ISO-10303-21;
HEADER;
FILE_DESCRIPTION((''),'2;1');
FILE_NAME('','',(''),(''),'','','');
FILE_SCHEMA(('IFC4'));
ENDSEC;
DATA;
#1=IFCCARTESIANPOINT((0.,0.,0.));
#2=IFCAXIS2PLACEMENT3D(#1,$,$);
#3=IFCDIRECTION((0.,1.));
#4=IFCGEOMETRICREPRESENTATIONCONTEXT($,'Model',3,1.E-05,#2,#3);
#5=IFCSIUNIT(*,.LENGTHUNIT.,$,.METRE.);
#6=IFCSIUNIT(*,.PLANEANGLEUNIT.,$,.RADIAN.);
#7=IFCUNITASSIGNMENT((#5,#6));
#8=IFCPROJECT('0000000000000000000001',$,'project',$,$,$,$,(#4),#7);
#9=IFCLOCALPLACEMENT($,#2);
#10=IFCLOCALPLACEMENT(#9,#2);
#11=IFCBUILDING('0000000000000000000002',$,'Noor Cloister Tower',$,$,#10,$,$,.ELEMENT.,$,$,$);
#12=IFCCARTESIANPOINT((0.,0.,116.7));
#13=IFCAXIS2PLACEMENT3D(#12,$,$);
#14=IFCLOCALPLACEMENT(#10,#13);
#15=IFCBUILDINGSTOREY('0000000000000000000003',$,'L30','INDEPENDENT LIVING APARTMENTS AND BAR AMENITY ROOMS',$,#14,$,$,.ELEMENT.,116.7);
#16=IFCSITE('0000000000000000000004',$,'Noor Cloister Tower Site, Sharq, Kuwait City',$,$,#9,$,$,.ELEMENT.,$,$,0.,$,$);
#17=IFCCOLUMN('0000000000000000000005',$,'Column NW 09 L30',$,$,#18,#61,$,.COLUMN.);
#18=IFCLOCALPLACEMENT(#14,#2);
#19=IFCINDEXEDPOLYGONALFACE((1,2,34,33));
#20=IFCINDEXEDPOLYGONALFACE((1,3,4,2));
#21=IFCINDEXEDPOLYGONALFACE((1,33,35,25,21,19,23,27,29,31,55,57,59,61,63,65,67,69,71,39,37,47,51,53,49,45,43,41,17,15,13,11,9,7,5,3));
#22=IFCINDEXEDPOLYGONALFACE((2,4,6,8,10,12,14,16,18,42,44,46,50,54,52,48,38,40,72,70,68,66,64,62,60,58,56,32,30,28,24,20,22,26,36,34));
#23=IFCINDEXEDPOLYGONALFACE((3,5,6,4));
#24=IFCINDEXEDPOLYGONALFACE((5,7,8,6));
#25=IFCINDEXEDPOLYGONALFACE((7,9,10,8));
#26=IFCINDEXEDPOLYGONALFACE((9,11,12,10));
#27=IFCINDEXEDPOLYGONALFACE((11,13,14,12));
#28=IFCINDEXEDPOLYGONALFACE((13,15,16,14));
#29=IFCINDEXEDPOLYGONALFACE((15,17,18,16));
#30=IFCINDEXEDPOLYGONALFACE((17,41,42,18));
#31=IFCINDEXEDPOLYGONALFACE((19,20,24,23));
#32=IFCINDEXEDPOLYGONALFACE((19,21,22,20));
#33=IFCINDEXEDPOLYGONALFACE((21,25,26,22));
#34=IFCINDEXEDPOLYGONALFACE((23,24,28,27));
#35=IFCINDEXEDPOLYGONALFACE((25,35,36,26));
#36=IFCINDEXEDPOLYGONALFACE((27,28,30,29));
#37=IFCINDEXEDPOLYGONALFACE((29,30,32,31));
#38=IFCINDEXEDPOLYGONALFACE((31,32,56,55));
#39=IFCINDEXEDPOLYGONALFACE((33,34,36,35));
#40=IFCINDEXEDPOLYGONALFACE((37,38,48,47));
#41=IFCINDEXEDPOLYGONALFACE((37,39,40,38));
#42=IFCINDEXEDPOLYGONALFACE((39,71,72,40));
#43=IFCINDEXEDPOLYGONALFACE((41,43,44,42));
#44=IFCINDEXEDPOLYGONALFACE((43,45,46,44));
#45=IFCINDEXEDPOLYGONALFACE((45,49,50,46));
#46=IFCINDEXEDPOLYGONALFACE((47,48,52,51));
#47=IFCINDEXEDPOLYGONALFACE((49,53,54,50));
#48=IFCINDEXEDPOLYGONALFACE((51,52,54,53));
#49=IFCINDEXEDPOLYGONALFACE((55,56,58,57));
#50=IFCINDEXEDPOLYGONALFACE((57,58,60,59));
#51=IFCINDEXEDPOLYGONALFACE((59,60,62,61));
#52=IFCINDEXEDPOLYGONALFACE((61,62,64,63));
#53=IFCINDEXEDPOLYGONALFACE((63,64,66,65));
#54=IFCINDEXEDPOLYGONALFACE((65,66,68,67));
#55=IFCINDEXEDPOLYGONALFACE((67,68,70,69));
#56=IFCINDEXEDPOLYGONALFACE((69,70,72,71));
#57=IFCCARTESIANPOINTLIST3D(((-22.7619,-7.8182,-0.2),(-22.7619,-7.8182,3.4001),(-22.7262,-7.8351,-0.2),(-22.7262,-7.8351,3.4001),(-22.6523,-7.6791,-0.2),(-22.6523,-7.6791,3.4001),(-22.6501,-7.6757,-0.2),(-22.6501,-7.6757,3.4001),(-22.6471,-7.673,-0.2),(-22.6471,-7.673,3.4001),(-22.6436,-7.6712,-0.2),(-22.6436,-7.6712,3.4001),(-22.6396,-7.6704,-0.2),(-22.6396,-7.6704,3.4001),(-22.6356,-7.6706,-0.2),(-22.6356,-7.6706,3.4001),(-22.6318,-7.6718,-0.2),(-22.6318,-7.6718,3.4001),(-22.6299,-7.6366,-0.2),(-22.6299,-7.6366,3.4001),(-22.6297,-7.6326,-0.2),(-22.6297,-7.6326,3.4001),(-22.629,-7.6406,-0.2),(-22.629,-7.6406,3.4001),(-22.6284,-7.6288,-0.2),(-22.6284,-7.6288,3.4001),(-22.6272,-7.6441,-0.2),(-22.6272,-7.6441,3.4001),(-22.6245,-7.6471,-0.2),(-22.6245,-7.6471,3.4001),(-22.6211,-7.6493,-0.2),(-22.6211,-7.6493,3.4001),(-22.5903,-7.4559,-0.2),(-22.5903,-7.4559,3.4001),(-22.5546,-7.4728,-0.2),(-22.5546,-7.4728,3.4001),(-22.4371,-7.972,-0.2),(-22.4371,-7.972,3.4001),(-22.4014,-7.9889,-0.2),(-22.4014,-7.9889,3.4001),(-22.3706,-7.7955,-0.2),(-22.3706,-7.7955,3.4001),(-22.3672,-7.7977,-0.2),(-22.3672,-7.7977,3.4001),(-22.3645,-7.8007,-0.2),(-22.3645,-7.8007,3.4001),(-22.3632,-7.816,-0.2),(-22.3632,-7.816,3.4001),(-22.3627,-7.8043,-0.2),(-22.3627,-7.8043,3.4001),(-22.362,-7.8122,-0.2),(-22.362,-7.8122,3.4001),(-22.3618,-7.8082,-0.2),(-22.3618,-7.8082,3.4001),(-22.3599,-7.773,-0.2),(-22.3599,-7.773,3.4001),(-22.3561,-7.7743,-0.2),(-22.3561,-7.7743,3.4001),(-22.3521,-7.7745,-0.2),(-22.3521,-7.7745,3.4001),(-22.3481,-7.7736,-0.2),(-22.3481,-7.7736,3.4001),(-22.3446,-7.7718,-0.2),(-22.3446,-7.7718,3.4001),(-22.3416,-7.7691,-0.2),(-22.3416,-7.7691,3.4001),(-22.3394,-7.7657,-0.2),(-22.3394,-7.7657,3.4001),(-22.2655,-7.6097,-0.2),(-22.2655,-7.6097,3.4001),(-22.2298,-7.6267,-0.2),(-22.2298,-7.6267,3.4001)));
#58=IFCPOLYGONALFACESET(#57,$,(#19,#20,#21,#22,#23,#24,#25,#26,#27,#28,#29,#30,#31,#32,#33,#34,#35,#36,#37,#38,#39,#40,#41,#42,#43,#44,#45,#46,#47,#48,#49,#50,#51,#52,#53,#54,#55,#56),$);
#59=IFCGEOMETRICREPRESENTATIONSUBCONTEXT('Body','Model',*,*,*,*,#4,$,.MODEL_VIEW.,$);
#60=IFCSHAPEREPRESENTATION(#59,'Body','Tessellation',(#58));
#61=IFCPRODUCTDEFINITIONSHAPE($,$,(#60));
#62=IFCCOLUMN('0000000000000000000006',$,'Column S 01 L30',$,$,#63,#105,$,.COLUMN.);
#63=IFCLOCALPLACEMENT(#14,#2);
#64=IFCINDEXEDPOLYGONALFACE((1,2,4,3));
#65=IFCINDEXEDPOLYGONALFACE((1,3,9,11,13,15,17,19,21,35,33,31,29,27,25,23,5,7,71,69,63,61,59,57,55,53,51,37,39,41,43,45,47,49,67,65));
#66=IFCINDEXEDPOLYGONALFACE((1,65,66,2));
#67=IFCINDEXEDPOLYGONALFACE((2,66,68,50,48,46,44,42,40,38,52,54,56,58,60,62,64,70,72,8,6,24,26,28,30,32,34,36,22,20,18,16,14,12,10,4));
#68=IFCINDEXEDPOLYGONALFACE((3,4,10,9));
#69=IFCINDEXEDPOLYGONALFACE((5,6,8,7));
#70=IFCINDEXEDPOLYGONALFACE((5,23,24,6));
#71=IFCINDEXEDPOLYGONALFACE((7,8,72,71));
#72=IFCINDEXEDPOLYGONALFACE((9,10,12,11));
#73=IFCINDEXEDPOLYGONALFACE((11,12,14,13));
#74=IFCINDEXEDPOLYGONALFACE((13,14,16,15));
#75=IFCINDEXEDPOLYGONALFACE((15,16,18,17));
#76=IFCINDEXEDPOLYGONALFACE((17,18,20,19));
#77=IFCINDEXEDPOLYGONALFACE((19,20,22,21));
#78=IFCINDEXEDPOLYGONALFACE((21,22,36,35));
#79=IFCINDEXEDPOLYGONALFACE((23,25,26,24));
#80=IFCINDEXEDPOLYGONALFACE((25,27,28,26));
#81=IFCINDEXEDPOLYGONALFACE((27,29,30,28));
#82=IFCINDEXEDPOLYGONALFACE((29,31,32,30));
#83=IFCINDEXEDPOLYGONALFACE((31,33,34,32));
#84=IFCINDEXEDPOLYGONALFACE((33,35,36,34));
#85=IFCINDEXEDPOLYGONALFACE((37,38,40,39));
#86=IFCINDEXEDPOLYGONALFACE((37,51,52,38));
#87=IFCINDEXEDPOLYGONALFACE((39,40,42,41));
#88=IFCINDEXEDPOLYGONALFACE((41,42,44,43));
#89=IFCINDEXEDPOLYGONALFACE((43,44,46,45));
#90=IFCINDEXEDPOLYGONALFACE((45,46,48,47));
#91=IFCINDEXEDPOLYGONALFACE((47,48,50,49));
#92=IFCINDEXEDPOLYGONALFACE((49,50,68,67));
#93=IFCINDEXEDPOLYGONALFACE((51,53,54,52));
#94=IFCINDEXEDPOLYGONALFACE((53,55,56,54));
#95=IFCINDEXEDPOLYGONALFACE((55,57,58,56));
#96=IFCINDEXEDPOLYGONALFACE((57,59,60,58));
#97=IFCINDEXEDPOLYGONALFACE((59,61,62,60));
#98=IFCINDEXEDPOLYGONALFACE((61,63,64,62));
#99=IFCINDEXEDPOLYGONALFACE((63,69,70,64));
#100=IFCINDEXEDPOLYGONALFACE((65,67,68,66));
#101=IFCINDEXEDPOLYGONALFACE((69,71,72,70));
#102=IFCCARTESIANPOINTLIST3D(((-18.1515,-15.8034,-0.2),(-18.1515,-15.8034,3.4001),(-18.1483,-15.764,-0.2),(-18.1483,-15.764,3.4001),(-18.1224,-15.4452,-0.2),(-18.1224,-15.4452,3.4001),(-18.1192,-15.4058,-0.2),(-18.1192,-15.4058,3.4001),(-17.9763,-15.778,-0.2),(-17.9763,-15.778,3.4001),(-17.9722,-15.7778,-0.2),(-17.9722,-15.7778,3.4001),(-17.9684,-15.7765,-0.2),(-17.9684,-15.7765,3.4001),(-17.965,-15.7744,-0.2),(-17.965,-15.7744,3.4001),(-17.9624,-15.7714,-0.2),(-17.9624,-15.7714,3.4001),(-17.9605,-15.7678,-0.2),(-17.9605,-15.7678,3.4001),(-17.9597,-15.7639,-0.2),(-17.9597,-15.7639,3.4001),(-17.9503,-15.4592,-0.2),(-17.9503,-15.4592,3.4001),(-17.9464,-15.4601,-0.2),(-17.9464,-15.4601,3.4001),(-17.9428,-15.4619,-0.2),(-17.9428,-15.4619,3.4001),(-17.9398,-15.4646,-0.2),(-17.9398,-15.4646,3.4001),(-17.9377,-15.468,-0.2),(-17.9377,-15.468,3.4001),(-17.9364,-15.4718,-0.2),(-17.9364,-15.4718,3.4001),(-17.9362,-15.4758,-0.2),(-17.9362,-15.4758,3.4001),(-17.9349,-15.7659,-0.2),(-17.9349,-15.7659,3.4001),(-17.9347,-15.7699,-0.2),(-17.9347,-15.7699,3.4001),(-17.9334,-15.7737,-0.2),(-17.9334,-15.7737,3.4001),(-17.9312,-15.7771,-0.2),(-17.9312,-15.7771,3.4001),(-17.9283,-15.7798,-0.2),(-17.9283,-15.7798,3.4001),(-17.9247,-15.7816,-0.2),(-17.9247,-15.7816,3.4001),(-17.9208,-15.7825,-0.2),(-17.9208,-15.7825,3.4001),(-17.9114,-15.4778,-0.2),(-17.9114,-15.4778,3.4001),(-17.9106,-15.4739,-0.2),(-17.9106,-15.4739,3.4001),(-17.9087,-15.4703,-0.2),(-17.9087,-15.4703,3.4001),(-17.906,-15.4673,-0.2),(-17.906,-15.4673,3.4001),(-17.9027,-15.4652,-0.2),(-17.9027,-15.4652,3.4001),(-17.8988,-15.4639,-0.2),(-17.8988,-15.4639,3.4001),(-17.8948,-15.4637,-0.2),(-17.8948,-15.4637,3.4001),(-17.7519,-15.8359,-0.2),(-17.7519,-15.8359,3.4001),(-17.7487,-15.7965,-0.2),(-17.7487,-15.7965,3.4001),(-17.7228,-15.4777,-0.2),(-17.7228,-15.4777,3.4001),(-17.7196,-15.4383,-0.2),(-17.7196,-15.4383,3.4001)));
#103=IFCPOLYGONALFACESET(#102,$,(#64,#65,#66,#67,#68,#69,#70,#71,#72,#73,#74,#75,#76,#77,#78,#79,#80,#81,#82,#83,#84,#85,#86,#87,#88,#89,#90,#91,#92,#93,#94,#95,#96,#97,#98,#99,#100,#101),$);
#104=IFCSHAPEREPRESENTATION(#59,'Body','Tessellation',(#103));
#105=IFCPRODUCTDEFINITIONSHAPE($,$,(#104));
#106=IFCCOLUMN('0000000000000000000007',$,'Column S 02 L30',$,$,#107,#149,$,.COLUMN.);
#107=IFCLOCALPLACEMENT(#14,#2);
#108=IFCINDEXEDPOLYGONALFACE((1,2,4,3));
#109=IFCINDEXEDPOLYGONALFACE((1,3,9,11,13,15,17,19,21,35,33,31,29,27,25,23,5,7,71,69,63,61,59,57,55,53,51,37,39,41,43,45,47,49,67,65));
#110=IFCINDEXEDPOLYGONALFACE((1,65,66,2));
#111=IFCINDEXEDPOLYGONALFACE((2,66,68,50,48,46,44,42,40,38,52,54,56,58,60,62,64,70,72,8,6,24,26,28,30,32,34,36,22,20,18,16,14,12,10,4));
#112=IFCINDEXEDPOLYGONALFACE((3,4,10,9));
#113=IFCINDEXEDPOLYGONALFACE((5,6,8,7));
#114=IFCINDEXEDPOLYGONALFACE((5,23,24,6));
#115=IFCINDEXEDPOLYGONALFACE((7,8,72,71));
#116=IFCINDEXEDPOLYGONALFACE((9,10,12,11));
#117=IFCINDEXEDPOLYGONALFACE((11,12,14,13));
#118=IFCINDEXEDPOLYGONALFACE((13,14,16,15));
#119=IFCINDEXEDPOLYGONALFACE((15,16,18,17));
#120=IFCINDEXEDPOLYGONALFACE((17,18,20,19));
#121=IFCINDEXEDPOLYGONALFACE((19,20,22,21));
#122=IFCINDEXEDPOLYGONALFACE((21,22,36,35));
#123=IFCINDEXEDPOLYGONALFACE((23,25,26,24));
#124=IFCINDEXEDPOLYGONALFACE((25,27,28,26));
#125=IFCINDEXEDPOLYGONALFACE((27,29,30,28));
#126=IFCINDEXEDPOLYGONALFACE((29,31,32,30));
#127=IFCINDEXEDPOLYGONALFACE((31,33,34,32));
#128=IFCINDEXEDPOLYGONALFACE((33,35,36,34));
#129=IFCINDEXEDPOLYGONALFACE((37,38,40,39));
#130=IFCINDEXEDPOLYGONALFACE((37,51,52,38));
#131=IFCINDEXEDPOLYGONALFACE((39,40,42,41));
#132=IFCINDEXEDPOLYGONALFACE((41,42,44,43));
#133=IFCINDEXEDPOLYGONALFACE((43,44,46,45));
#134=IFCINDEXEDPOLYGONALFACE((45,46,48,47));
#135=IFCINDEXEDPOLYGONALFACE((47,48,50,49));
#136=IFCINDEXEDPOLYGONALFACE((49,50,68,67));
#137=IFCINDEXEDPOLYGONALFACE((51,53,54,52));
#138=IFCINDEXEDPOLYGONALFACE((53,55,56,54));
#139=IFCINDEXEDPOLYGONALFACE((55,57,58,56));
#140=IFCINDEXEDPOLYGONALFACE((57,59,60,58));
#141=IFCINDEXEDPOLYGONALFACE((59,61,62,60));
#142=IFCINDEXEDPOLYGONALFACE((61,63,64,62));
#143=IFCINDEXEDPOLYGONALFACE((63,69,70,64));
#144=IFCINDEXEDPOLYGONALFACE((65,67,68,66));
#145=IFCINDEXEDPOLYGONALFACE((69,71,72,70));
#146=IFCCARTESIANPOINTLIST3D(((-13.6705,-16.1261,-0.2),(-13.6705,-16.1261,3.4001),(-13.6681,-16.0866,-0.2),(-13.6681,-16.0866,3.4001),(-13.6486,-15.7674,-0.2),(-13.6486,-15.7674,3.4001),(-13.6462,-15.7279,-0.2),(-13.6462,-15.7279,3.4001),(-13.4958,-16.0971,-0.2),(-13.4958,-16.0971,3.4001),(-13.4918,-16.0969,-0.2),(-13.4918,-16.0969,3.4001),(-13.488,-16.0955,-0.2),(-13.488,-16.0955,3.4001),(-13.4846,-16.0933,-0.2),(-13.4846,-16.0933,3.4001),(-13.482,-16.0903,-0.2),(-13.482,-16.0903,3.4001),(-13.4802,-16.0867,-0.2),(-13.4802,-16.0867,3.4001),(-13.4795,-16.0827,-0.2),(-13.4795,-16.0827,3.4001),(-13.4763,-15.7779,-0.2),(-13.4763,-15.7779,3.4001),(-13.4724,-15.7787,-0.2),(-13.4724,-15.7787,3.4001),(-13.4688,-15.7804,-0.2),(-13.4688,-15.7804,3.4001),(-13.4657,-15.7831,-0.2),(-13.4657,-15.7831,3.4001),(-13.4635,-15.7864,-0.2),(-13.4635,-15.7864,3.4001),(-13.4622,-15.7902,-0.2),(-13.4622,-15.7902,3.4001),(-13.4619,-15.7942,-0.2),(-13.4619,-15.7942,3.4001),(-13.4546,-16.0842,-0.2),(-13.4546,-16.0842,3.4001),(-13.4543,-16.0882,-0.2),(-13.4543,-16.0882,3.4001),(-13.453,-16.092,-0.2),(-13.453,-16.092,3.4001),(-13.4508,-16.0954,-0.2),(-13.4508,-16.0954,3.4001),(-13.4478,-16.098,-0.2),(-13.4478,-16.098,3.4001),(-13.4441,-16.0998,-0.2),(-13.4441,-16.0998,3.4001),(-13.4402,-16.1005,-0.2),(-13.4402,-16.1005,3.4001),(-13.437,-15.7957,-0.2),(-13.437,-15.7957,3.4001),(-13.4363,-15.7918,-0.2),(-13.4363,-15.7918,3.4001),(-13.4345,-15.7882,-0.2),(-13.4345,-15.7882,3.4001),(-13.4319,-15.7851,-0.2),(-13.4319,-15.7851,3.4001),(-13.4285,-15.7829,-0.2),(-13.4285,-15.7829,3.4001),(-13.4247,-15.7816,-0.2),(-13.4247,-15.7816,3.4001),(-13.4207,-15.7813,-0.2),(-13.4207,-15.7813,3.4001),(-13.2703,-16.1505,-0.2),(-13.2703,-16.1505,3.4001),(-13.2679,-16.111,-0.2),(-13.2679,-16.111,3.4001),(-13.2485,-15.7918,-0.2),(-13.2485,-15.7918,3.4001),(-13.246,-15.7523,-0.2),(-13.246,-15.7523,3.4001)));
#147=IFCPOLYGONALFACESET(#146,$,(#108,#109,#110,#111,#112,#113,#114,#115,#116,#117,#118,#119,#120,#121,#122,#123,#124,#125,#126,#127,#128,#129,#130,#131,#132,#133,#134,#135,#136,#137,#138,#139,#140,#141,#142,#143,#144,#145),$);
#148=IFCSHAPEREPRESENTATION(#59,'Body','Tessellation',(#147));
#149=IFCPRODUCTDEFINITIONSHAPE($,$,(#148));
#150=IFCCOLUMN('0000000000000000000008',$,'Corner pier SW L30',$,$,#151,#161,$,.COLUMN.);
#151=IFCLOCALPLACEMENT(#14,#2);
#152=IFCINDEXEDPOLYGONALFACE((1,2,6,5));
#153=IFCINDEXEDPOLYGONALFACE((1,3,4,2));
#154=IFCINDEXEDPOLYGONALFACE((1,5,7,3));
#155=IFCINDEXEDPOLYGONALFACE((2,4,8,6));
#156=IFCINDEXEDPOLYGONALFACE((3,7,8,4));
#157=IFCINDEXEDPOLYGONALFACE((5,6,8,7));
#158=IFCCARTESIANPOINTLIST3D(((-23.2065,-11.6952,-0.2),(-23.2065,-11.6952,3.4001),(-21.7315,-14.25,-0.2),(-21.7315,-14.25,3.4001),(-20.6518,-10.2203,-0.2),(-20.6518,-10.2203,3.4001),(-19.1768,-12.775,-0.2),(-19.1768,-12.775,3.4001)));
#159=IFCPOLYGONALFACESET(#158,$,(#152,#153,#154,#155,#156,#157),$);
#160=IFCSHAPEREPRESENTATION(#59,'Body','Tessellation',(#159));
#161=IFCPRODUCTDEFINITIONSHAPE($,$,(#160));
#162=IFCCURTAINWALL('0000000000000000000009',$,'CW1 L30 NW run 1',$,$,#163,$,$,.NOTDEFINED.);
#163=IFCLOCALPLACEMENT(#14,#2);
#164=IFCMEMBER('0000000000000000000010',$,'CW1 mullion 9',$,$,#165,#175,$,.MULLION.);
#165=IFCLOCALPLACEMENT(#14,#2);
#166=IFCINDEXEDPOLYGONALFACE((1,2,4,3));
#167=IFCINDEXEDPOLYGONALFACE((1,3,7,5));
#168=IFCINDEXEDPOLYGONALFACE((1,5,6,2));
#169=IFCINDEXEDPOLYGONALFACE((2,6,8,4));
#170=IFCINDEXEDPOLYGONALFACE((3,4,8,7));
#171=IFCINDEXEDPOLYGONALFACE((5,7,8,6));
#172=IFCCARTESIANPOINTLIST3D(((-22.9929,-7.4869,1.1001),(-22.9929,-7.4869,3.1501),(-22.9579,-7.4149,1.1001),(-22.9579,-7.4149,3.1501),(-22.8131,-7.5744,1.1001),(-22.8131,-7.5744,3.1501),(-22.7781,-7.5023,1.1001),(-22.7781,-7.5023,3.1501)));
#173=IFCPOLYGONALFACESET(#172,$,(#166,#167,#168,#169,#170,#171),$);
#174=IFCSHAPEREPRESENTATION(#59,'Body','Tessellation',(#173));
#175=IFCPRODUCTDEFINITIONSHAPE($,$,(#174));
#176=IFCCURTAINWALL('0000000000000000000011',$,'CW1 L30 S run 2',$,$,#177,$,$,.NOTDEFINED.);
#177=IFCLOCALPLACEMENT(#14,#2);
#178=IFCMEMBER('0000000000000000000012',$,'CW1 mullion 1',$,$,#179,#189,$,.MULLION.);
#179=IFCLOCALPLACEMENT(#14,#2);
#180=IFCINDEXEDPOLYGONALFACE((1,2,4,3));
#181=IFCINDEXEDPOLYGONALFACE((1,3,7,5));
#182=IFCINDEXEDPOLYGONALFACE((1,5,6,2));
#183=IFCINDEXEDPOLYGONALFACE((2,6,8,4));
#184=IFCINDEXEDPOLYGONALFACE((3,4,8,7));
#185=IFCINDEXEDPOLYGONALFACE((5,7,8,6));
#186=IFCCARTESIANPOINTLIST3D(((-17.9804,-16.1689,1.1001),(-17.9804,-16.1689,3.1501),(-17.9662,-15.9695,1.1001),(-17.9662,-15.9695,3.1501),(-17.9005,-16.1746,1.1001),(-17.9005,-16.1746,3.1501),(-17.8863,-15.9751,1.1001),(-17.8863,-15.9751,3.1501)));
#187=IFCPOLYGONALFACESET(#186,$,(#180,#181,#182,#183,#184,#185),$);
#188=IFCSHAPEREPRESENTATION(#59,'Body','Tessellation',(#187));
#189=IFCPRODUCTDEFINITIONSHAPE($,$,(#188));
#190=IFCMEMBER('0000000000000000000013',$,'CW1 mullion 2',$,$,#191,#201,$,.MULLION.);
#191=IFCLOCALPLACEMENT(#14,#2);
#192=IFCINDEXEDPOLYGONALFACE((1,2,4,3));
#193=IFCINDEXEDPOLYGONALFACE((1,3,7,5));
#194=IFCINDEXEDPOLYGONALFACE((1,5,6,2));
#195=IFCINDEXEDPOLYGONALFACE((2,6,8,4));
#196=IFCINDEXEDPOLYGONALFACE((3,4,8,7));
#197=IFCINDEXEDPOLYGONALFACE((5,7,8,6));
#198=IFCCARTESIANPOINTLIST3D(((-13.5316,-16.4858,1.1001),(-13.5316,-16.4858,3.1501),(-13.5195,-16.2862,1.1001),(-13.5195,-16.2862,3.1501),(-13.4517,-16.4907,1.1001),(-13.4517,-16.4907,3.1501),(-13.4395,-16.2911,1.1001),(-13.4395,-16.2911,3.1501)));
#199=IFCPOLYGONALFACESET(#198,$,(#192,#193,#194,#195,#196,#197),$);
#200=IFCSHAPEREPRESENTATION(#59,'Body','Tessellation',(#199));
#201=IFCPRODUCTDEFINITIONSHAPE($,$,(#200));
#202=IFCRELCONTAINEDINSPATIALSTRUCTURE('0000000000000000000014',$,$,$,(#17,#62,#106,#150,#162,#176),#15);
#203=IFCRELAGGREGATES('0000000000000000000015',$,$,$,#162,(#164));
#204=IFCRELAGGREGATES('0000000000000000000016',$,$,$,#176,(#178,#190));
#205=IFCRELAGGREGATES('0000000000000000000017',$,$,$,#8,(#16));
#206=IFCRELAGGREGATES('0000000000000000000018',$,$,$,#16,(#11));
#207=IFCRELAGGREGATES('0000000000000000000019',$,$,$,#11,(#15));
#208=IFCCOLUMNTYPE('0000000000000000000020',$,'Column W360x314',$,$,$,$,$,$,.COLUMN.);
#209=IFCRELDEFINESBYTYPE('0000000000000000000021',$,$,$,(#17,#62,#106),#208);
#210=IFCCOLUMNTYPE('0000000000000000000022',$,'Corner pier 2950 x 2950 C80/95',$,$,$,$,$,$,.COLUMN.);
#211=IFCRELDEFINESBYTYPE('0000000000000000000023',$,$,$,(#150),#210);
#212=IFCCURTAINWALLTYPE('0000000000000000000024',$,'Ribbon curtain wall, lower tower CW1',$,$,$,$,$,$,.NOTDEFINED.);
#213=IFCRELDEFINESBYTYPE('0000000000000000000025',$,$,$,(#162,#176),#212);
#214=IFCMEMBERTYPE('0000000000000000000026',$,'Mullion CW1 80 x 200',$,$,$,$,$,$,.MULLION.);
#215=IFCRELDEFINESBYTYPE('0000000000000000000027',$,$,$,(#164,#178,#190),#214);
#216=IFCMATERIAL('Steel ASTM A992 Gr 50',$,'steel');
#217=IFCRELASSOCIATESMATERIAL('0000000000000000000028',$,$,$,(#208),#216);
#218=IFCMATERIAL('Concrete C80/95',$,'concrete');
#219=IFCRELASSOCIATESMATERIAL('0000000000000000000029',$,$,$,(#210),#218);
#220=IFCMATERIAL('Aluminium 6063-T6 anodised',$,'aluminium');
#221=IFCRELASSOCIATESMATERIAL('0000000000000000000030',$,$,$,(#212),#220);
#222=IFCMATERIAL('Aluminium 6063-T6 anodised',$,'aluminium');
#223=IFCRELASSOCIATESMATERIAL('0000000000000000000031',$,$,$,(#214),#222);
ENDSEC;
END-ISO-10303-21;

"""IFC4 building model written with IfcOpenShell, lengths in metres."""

from ifc_helpers import new_model, si_unit, direction, frame, origin, origin_2d, place, context, subcontext, project, spatial, rectangle, i_section, extrude, material, material_profile, profile_set, type_object, element, aggregate, save


model = new_model("IFC4")

# Units and contexts
model_context = context("Model", 3, precision=1e-05, world=origin(), true_north=direction((0.0, 1.0)))
body_context = subcontext(model_context, "Body", "Model", "MODEL_VIEW")
ifc_project = project(units=[si_unit("LENGTHUNIT", "METRE"), si_unit("PLANEANGLEUNIT", "RADIAN")], contexts=[model_context])

# Site, building, storey
site_placement = place(None, origin())
site = spatial("IfcSite", under=ifc_project, at=site_placement, Name="Noor Cloister Tower Site, Sharq, Kuwait City", CompositionType="ELEMENT", RefElevation=0.0)
building_placement = place(site_placement, origin())
building = spatial("IfcBuilding", under=site, at=building_placement, Name="Noor Cloister Tower", CompositionType="ELEMENT")
storey_placement = place(building_placement, frame((0.0, 0.0, 116.7)))
storey = spatial("IfcBuildingStorey", under=building, at=storey_placement, Name="L30", Description="INDEPENDENT LIVING APARTMENTS AND BAR AMENITY ROOMS", CompositionType="ELEMENT", Elevation=116.7)

# Columns
ifc_material_1 = material(Name="Steel ASTM A992 Gr 50", Category="steel")
ifc_material_profile_1 = material_profile(ifc_material_1, i_section(OverallWidth=0.4009, OverallDepth=0.3989, WebThickness=0.0249, FlangeThickness=0.0396, FilletRadius=0.0154, at=origin_2d()), Name="W360x314")
ifc_profile_set_1 = profile_set([ifc_material_profile_1], Name="Steel ASTM A992 Gr 50")
column_type_1 = type_object("IfcColumnType", Name="Column W360x314", PredefinedType="COLUMN", material=ifc_profile_set_1)
for number, where, z_axis, x_axis, name in (
    (1, (-22.4958, -7.7224, -0.2), (0.0, 0.0, 1.0), (-0.428127, -0.903718, 0.0), "Column NW 09 L30"),
    (2, (-17.9355, -15.6208, -0.2), (0.0, 0.0, 1.0), (0.996707, -0.08109, 0.0), "Column S 01 L30"),
    (3, (-13.4583, -15.9392, -0.2), (0.0, 0.0, 1.0), (0.998147, -0.060847, 0.0), "Column S 02 L30"),
):
    element("IfcColumn", number, at=place(storey_placement, frame(where, z_axis=z_axis, x_axis=x_axis)), inside=storey, type_object=column_type_1, Name=name, PredefinedType="COLUMN", context=body_context, shape_type="SweptSolid", body=[
        extrude(i_section(OverallWidth=0.4009, OverallDepth=0.3989, WebThickness=0.0249, FlangeThickness=0.0396, FilletRadius=0.0154, at=origin_2d()), origin(), (0.0, 0.0, 1.0), 3.6001),
    ])
ifc_material_2 = material(Name="Concrete C80/95", Category="concrete")
ifc_material_profile_2 = material_profile(ifc_material_2, rectangle(XDim=2.95, YDim=2.95, at=origin_2d()), Name="RC 2950x2950")
ifc_profile_set_2 = profile_set([ifc_material_profile_2], Name="Concrete C80/95")
column_type_2 = type_object("IfcColumnType", Name="Corner pier 2950 x 2950 C80/95", PredefinedType="COLUMN", material=ifc_profile_set_2)
column_placement = place(storey_placement, frame((-21.1917, -12.2351, -0.2), z_axis=(0.0, 0.0, 1.0), x_axis=(-0.866025, -0.5, 0.0)))
element("IfcColumn", 4, at=column_placement, inside=storey, type_object=column_type_2, Name="Corner pier SW L30", PredefinedType="COLUMN", context=body_context, shape_type="SweptSolid", body=[
    extrude(rectangle(XDim=2.95, YDim=2.95, at=origin_2d()), origin(), (0.0, 0.0, 1.0), 3.6001),
])

# Curtain wall, member
ifc_material_3 = material(Name="Aluminium 6063-T6 anodised", Category="aluminium")
curtain_wall_type = type_object("IfcCurtainWallType", Name="Ribbon curtain wall, lower tower CW1", PredefinedType="NOTDEFINED", material=ifc_material_3)
curtain_wall_1_placement = place(storey_placement, origin())
curtain_wall_1 = element("IfcCurtainWall", 5, at=curtain_wall_1_placement, inside=storey, type_object=curtain_wall_type, Name="CW1 L30 NW run 1", PredefinedType="NOTDEFINED")
ifc_material_4 = material(Name="Aluminium 6063-T6 anodised", Category="aluminium")
ifc_material_profile_3 = material_profile(ifc_material_4, rectangle(XDim=0.2, YDim=0.0801, at=origin_2d()), Name="200 x 80 mullion")
ifc_profile_set_3 = profile_set([ifc_material_profile_3], Name="Aluminium 6063-T6 anodised")
member_type = type_object("IfcMemberType", Name="Mullion CW1 80 x 200", PredefinedType="MULLION", material=ifc_profile_set_3)
member_1_placement = place(storey_placement, frame((-22.8855, -7.4946, 1.1001), z_axis=(0.0, 0.0, 1.0), x_axis=(0.899328, -0.437276, 0.0)))
member_1 = element("IfcMember", 6, at=member_1_placement, type_object=member_type, Name="CW1 mullion 9", PredefinedType="MULLION", context=body_context, shape_type="SweptSolid", body=[
    extrude(rectangle(XDim=0.2, YDim=0.0801, at=origin_2d()), origin(), (0.0, 0.0, 1.0), 2.05),
])
aggregate(curtain_wall_1, [member_1])

# Curtain wall, members
curtain_wall_2_placement = place(storey_placement, origin())
curtain_wall_2 = element("IfcCurtainWall", 7, at=curtain_wall_2_placement, inside=storey, type_object=curtain_wall_type, Name="CW1 L30 S run 2", PredefinedType="NOTDEFINED")
member_2_placement = place(storey_placement, frame((-17.9333, -16.072, 1.1001), z_axis=(0.0, 0.0, 1.0), x_axis=(0.070972, 0.997478, 0.0)))
member_2 = element("IfcMember", 8, at=member_2_placement, type_object=member_type, Name="CW1 mullion 1", PredefinedType="MULLION", context=body_context, shape_type="SweptSolid", body=[
    extrude(rectangle(XDim=0.2, YDim=0.0801, at=origin_2d()), origin(), (0.0, 0.0, 1.0), 2.05),
])
member_3_placement = place(storey_placement, frame((-13.4856, -16.3884, 1.1001), z_axis=(0.0, 0.0, 1.0), x_axis=(0.060847, 0.998147, 0.0)))
member_3 = element("IfcMember", 9, at=member_3_placement, type_object=member_type, Name="CW1 mullion 2", PredefinedType="MULLION", context=body_context, shape_type="SweptSolid", body=[
    extrude(rectangle(XDim=0.2, YDim=0.0801, at=origin_2d()), origin(), (0.0, 0.0, 1.0), 2.05),
])

aggregate(curtain_wall_2, [member_2, member_3])

save(model, "model.ifc")
